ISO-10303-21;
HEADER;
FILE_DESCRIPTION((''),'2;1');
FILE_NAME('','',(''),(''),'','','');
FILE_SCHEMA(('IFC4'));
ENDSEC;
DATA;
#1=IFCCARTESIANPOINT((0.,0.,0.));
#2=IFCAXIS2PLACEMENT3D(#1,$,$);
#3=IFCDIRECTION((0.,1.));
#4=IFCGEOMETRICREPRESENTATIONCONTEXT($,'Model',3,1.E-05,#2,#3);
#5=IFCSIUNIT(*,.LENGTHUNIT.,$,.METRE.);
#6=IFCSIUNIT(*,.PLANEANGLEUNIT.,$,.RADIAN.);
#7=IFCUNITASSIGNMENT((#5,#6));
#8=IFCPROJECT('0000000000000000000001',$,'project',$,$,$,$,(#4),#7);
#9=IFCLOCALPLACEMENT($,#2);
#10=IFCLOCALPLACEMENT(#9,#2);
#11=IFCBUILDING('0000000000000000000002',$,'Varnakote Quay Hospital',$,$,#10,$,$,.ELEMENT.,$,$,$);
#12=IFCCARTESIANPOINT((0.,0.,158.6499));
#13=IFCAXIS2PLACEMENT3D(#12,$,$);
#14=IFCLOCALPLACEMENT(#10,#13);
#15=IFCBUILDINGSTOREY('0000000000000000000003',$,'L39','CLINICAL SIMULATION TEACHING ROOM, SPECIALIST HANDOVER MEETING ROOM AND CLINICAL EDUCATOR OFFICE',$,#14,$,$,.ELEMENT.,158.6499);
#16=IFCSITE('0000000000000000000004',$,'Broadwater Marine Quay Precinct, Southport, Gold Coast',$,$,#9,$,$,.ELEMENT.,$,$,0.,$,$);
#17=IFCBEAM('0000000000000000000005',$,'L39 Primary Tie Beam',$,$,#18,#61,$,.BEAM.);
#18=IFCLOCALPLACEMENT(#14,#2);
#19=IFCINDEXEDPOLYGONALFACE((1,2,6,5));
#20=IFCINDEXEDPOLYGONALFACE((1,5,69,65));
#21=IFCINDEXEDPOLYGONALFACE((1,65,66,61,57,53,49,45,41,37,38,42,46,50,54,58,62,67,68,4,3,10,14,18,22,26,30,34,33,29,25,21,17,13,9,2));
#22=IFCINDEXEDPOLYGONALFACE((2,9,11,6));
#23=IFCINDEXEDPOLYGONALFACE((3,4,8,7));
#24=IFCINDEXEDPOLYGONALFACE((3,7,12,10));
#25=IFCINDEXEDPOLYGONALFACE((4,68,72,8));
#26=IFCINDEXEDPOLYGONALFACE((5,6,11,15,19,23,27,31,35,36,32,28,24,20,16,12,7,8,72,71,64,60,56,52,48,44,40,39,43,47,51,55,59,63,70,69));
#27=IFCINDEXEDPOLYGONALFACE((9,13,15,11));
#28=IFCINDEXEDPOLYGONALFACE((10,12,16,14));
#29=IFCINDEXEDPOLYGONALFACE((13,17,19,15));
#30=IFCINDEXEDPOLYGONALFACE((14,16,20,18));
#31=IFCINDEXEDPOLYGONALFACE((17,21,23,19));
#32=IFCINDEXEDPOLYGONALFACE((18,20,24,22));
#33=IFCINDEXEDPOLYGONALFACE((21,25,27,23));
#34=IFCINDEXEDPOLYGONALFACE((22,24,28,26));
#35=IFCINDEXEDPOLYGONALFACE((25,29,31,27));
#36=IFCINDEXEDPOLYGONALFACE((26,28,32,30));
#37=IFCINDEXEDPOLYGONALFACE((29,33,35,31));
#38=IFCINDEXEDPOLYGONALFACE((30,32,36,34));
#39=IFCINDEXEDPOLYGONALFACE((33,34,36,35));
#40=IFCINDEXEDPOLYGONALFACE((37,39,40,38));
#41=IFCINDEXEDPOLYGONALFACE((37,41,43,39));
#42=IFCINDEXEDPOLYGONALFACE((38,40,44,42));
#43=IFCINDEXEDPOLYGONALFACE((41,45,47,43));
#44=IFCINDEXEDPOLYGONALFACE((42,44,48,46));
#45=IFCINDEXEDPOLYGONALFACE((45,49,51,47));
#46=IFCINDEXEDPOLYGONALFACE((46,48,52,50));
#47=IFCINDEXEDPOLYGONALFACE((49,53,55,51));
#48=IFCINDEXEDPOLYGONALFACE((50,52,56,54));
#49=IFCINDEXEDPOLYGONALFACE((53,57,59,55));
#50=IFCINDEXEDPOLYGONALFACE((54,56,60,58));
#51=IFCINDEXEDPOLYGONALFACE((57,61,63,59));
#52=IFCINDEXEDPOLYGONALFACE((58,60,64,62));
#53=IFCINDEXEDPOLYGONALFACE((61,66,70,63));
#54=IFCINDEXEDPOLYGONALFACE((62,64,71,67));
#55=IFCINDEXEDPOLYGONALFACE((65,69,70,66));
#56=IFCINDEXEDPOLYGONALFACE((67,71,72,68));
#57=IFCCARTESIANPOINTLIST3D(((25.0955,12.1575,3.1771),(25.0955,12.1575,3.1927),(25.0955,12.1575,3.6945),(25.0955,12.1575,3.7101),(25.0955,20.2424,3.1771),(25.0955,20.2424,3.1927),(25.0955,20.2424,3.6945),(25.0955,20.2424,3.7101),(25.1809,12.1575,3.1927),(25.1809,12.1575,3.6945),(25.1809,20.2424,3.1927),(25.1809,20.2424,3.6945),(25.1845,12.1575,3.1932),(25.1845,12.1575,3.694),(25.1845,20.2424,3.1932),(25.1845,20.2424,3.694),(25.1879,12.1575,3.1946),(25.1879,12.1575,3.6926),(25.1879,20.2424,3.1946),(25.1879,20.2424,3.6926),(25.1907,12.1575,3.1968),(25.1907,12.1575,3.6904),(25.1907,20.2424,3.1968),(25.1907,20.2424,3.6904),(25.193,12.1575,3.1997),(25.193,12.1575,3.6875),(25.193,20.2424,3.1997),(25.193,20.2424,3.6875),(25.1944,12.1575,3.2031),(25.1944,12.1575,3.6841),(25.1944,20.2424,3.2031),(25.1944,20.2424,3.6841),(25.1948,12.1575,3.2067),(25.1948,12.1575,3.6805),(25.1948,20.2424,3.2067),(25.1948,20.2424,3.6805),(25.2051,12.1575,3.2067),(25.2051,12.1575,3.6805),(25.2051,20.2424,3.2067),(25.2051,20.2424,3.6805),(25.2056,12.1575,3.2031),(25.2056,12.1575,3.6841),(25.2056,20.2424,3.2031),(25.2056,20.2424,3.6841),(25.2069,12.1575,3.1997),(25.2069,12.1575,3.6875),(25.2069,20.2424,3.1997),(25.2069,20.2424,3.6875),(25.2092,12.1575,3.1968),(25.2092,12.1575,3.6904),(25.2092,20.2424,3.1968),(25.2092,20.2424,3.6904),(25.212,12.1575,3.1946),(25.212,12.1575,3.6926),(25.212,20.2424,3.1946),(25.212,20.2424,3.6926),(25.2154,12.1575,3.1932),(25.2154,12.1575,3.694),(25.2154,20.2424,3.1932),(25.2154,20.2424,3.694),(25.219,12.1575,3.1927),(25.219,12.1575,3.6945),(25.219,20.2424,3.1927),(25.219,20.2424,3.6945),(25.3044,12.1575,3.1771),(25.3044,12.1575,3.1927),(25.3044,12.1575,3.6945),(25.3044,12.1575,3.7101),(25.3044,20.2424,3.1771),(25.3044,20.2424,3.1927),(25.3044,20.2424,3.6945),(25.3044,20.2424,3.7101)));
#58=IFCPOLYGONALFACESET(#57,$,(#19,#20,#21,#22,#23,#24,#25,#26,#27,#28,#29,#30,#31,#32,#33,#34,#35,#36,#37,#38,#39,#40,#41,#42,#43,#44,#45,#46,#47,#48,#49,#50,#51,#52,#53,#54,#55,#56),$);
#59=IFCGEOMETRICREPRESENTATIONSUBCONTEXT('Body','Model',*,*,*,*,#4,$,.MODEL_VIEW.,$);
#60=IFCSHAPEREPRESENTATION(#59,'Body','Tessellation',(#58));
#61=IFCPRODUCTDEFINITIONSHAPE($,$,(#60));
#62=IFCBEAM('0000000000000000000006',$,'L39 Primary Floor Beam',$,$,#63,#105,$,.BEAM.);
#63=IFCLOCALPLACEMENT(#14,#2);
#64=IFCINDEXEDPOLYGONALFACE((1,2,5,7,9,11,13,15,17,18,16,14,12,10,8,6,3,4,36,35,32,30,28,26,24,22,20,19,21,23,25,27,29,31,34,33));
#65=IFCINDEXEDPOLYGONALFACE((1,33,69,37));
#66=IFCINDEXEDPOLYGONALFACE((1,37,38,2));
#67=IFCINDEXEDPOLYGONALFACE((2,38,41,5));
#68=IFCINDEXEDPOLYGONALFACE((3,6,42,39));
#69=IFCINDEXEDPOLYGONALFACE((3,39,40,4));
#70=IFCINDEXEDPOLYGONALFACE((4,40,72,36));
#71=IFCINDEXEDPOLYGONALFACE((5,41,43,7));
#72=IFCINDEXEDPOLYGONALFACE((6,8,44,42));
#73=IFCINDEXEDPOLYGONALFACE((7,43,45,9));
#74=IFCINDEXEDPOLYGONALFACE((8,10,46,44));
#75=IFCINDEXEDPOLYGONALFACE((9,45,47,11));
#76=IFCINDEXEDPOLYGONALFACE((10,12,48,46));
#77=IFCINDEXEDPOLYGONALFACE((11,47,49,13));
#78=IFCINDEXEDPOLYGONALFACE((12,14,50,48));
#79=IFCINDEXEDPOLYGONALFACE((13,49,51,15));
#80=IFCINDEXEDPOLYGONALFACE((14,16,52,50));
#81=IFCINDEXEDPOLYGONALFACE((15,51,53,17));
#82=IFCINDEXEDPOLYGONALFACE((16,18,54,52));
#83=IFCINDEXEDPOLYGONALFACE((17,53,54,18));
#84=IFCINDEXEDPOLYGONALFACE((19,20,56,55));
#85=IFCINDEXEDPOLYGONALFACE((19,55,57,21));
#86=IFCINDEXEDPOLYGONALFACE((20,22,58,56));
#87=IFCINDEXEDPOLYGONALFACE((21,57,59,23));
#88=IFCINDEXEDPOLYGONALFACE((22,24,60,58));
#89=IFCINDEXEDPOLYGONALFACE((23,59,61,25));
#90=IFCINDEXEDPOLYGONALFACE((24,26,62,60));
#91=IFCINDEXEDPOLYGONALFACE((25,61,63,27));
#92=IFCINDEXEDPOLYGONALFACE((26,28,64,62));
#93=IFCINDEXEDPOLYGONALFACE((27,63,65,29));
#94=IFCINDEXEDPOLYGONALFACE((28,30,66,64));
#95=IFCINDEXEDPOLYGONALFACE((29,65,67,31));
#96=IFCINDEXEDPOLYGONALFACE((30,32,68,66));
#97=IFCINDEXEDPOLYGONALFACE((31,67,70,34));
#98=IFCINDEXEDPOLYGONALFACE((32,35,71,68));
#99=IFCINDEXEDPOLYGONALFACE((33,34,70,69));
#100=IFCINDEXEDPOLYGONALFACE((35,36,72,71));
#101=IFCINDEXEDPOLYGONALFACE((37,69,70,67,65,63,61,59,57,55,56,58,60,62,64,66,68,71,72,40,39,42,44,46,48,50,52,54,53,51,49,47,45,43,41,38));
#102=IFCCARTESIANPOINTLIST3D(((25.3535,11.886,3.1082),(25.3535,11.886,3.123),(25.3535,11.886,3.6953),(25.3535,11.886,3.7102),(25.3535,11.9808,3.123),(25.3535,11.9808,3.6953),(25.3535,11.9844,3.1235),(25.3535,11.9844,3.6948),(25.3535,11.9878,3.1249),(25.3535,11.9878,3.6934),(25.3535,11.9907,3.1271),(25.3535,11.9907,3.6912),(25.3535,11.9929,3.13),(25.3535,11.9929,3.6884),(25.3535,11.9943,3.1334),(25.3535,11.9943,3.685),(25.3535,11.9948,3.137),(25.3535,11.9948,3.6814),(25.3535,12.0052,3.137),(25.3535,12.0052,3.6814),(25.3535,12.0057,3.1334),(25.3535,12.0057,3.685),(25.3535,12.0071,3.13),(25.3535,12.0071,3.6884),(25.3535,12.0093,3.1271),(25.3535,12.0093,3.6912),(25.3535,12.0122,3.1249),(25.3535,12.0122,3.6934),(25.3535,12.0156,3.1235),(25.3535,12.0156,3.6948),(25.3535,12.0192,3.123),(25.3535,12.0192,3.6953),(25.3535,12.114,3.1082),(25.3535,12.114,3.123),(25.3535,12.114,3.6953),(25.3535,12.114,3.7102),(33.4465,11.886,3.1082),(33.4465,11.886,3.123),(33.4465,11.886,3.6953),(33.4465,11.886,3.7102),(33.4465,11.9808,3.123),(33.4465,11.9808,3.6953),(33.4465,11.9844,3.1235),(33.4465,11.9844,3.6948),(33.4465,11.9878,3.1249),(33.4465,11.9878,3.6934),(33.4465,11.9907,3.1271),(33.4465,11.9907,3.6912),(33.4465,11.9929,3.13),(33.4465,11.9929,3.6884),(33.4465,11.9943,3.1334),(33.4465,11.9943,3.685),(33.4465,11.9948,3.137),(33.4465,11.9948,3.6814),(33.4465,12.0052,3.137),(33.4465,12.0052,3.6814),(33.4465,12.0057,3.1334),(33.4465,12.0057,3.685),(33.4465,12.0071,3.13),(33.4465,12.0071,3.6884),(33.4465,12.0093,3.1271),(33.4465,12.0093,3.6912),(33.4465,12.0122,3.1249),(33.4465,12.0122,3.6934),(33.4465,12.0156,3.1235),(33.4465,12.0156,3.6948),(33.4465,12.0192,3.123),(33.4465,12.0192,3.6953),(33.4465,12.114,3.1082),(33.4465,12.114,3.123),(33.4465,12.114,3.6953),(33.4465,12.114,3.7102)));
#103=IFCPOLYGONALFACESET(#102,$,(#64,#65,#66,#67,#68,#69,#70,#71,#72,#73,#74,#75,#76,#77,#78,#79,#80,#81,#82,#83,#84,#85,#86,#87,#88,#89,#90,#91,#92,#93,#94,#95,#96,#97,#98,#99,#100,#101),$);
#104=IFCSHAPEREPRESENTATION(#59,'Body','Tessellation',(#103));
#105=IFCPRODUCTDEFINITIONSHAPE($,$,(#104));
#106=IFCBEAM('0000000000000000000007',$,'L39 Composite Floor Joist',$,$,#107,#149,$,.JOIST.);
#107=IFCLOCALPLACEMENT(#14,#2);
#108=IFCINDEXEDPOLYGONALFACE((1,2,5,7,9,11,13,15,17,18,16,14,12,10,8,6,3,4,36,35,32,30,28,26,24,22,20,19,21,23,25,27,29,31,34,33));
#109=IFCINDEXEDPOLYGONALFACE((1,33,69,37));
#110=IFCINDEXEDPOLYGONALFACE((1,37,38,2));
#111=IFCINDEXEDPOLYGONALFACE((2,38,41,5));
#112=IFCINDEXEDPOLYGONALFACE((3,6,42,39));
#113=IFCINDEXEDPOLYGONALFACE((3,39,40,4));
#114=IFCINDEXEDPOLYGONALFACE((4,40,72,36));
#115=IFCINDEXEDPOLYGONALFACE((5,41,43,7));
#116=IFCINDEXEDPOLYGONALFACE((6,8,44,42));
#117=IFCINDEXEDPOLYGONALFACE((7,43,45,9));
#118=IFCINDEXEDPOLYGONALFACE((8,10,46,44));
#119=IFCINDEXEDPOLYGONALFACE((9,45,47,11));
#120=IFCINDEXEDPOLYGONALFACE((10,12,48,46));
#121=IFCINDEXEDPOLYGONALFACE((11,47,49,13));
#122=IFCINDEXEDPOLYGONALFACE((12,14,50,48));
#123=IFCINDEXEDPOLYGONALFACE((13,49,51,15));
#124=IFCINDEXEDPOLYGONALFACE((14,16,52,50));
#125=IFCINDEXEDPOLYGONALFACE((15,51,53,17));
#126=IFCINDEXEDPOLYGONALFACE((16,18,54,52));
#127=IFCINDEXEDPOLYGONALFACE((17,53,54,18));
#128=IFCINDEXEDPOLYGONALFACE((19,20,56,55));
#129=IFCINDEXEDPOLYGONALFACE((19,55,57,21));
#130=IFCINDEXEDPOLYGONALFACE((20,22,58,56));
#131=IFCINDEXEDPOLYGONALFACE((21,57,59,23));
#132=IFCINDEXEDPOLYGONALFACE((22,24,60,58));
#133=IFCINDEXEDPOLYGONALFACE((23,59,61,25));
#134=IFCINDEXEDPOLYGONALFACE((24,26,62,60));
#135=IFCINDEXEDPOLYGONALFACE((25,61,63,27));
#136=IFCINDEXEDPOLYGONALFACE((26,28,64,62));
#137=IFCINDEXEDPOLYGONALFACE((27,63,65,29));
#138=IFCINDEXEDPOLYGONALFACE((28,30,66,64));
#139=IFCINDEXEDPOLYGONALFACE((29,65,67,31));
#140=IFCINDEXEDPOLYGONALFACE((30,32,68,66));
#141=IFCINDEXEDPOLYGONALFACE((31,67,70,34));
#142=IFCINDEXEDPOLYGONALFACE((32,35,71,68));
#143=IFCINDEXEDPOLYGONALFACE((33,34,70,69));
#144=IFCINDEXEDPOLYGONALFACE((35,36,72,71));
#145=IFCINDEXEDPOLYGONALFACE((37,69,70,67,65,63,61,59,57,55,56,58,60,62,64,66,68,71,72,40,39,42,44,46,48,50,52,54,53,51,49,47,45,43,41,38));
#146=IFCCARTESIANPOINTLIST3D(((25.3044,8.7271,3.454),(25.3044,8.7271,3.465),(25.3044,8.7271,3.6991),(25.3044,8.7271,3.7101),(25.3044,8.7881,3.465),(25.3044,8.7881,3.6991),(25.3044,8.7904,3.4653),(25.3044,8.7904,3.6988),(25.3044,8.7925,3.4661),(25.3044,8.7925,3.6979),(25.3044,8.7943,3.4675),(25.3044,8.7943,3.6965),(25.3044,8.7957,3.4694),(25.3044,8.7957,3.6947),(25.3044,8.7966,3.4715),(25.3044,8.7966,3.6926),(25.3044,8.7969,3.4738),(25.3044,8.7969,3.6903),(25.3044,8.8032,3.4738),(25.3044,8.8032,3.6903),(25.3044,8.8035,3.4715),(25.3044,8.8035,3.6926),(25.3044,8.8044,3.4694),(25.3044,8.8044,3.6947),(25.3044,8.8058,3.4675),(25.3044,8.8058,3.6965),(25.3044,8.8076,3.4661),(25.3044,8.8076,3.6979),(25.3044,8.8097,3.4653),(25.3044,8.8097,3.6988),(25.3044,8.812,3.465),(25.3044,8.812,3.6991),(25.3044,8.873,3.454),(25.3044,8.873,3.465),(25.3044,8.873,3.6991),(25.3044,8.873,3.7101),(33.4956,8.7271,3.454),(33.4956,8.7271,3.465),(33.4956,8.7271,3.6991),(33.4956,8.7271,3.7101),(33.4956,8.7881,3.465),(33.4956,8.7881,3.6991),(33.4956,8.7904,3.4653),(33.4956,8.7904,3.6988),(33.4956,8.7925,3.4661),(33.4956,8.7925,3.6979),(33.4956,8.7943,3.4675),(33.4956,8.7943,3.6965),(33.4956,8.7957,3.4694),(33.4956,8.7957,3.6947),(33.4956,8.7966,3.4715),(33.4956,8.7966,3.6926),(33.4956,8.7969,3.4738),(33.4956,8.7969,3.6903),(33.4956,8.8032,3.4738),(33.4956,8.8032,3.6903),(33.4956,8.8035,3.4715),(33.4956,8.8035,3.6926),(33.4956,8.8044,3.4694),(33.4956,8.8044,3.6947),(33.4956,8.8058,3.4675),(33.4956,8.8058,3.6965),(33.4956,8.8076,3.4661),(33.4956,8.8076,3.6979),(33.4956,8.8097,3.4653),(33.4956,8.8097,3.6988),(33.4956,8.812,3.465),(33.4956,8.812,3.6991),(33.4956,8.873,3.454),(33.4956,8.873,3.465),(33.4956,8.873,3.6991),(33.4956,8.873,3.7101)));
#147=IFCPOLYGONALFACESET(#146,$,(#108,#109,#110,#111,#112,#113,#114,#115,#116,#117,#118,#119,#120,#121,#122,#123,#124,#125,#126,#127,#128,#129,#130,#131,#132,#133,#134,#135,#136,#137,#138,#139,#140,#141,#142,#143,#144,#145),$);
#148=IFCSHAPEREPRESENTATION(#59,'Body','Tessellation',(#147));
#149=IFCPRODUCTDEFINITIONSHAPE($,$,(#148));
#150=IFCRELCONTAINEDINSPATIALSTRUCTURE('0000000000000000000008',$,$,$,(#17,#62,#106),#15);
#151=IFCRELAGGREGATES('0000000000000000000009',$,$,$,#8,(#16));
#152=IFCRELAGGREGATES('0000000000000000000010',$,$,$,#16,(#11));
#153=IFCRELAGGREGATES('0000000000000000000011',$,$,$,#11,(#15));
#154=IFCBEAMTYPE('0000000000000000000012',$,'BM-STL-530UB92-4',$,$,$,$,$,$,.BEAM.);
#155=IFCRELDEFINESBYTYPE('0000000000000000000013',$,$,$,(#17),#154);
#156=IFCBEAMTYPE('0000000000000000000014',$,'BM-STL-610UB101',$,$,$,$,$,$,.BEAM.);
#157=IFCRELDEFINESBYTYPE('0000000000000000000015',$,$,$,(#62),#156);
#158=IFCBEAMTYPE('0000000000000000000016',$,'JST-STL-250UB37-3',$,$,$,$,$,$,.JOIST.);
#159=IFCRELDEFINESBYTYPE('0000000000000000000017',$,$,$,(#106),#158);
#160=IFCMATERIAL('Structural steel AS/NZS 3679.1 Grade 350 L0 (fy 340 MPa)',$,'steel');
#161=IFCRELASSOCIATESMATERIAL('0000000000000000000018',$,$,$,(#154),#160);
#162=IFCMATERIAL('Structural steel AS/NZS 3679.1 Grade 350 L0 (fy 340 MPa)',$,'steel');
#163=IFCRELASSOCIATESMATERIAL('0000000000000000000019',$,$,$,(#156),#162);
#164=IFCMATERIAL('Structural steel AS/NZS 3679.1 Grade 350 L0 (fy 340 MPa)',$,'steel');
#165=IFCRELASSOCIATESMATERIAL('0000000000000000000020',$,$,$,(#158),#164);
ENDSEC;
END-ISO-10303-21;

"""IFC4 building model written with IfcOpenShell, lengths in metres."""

from ifc_helpers import new_model, si_unit, direction, frame, origin, origin_2d, place, context, subcontext, project, spatial, i_section, extrude, material, material_profile, profile_set, type_object, element, save


model = new_model("IFC4")

# Units and contexts
model_context = context("Model", 3, precision=1e-05, world=origin(), true_north=direction((0.0, 1.0)))
body_context = subcontext(model_context, "Body", "Model", "MODEL_VIEW")
ifc_project = project(units=[si_unit("LENGTHUNIT", "METRE"), si_unit("PLANEANGLEUNIT", "RADIAN")], contexts=[model_context])

# Site, building, storey
site_placement = place(None, origin())
site = spatial("IfcSite", under=ifc_project, at=site_placement, Name="Broadwater Marine Quay Precinct, Southport, Gold Coast", CompositionType="ELEMENT", RefElevation=0.0)
building_placement = place(site_placement, origin())
building = spatial("IfcBuilding", under=site, at=building_placement, Name="Varnakote Quay Hospital", CompositionType="ELEMENT")
storey_placement = place(building_placement, frame((0.0, 0.0, 158.6499)))
storey = spatial("IfcBuildingStorey", under=building, at=storey_placement, Name="L39", Description="CLINICAL SIMULATION TEACHING ROOM, SPECIALIST HANDOVER MEETING ROOM AND CLINICAL EDUCATOR OFFICE", CompositionType="ELEMENT", Elevation=158.6499)

# Beams
ifc_material_1 = material(Name="Structural steel AS/NZS 3679.1 Grade 350 L0 (fy 340 MPa)", Category="steel")
ifc_material_profile_1 = material_profile(ifc_material_1, i_section(OverallWidth=0.209, OverallDepth=0.533, WebThickness=0.0103, FlangeThickness=0.0156, FilletRadius=0.0139, at=origin_2d()), Name="530UB92.4")
ifc_profile_set_1 = profile_set([ifc_material_profile_1], Name="Structural steel AS/NZS 3679.1 Grade 350 L0 (fy 340 MPa)")
beam_type_1 = type_object("IfcBeamType", Name="BM-STL-530UB92-4", PredefinedType="BEAM", material=ifc_profile_set_1)
beam_1_placement = place(storey_placement, frame((25.2, 12.1575, 3.4436), z_axis=(0.0, 1.0, 0.0), x_axis=(-1.0, 0.0, 0.0)))
element("IfcBeam", 1, at=beam_1_placement, inside=storey, type_object=beam_type_1, Name="L39 Primary Tie Beam", PredefinedType="BEAM", context=body_context, shape_type="SweptSolid", body=[
    extrude(i_section(OverallWidth=0.209, OverallDepth=0.533, WebThickness=0.0103, FlangeThickness=0.0156, FilletRadius=0.0139, at=origin_2d()), origin(), (0.0, 0.0, 1.0), 8.085),
])
ifc_material_2 = material(Name="Structural steel AS/NZS 3679.1 Grade 350 L0 (fy 340 MPa)", Category="steel")
ifc_material_profile_2 = material_profile(ifc_material_2, i_section(OverallWidth=0.228, OverallDepth=0.6021, WebThickness=0.0105, FlangeThickness=0.0149, FilletRadius=0.0139, at=origin_2d()), Name="610UB101")
ifc_profile_set_2 = profile_set([ifc_material_profile_2], Name="Structural steel AS/NZS 3679.1 Grade 350 L0 (fy 340 MPa)")
beam_type_2 = type_object("IfcBeamType", Name="BM-STL-610UB101", PredefinedType="BEAM", material=ifc_profile_set_2)
beam_2_placement = place(storey_placement, frame((25.3535, 12.0, 3.4092), z_axis=(1.0, 0.0, 0.0), x_axis=(0.0, 1.0, 0.0)))
element("IfcBeam", 2, at=beam_2_placement, inside=storey, type_object=beam_type_2, Name="L39 Primary Floor Beam", PredefinedType="BEAM", context=body_context, shape_type="SweptSolid", body=[
    extrude(i_section(OverallWidth=0.228, OverallDepth=0.6021, WebThickness=0.0105, FlangeThickness=0.0149, FilletRadius=0.0139, at=origin_2d()), origin(), (0.0, 0.0, 1.0), 8.093),
])
ifc_material_3 = material(Name="Structural steel AS/NZS 3679.1 Grade 350 L0 (fy 340 MPa)", Category="steel")
ifc_material_profile_3 = material_profile(ifc_material_3, i_section(OverallWidth=0.146, OverallDepth=0.2561, WebThickness=0.0063, FlangeThickness=0.011, FilletRadius=0.0088, at=origin_2d()), Name="250UB37.3")
ifc_profile_set_3 = profile_set([ifc_material_profile_3], Name="Structural steel AS/NZS 3679.1 Grade 350 L0 (fy 340 MPa)")
beam_type_3 = type_object("IfcBeamType", Name="JST-STL-250UB37-3", PredefinedType="JOIST", material=ifc_profile_set_3)
beam_3_placement = place(storey_placement, frame((25.3044, 8.8, 3.582), z_axis=(1.0, 0.0, 0.0), x_axis=(0.0, 1.0, 0.0)))
element("IfcBeam", 3, at=beam_3_placement, inside=storey, type_object=beam_type_3, Name="L39 Composite Floor Joist", PredefinedType="JOIST", context=body_context, shape_type="SweptSolid", body=[
    extrude(i_section(OverallWidth=0.146, OverallDepth=0.2561, WebThickness=0.0063, FlangeThickness=0.011, FilletRadius=0.0088, at=origin_2d()), origin(), (0.0, 0.0, 1.0), 8.1912),
])

save(model, "model.ifc")
